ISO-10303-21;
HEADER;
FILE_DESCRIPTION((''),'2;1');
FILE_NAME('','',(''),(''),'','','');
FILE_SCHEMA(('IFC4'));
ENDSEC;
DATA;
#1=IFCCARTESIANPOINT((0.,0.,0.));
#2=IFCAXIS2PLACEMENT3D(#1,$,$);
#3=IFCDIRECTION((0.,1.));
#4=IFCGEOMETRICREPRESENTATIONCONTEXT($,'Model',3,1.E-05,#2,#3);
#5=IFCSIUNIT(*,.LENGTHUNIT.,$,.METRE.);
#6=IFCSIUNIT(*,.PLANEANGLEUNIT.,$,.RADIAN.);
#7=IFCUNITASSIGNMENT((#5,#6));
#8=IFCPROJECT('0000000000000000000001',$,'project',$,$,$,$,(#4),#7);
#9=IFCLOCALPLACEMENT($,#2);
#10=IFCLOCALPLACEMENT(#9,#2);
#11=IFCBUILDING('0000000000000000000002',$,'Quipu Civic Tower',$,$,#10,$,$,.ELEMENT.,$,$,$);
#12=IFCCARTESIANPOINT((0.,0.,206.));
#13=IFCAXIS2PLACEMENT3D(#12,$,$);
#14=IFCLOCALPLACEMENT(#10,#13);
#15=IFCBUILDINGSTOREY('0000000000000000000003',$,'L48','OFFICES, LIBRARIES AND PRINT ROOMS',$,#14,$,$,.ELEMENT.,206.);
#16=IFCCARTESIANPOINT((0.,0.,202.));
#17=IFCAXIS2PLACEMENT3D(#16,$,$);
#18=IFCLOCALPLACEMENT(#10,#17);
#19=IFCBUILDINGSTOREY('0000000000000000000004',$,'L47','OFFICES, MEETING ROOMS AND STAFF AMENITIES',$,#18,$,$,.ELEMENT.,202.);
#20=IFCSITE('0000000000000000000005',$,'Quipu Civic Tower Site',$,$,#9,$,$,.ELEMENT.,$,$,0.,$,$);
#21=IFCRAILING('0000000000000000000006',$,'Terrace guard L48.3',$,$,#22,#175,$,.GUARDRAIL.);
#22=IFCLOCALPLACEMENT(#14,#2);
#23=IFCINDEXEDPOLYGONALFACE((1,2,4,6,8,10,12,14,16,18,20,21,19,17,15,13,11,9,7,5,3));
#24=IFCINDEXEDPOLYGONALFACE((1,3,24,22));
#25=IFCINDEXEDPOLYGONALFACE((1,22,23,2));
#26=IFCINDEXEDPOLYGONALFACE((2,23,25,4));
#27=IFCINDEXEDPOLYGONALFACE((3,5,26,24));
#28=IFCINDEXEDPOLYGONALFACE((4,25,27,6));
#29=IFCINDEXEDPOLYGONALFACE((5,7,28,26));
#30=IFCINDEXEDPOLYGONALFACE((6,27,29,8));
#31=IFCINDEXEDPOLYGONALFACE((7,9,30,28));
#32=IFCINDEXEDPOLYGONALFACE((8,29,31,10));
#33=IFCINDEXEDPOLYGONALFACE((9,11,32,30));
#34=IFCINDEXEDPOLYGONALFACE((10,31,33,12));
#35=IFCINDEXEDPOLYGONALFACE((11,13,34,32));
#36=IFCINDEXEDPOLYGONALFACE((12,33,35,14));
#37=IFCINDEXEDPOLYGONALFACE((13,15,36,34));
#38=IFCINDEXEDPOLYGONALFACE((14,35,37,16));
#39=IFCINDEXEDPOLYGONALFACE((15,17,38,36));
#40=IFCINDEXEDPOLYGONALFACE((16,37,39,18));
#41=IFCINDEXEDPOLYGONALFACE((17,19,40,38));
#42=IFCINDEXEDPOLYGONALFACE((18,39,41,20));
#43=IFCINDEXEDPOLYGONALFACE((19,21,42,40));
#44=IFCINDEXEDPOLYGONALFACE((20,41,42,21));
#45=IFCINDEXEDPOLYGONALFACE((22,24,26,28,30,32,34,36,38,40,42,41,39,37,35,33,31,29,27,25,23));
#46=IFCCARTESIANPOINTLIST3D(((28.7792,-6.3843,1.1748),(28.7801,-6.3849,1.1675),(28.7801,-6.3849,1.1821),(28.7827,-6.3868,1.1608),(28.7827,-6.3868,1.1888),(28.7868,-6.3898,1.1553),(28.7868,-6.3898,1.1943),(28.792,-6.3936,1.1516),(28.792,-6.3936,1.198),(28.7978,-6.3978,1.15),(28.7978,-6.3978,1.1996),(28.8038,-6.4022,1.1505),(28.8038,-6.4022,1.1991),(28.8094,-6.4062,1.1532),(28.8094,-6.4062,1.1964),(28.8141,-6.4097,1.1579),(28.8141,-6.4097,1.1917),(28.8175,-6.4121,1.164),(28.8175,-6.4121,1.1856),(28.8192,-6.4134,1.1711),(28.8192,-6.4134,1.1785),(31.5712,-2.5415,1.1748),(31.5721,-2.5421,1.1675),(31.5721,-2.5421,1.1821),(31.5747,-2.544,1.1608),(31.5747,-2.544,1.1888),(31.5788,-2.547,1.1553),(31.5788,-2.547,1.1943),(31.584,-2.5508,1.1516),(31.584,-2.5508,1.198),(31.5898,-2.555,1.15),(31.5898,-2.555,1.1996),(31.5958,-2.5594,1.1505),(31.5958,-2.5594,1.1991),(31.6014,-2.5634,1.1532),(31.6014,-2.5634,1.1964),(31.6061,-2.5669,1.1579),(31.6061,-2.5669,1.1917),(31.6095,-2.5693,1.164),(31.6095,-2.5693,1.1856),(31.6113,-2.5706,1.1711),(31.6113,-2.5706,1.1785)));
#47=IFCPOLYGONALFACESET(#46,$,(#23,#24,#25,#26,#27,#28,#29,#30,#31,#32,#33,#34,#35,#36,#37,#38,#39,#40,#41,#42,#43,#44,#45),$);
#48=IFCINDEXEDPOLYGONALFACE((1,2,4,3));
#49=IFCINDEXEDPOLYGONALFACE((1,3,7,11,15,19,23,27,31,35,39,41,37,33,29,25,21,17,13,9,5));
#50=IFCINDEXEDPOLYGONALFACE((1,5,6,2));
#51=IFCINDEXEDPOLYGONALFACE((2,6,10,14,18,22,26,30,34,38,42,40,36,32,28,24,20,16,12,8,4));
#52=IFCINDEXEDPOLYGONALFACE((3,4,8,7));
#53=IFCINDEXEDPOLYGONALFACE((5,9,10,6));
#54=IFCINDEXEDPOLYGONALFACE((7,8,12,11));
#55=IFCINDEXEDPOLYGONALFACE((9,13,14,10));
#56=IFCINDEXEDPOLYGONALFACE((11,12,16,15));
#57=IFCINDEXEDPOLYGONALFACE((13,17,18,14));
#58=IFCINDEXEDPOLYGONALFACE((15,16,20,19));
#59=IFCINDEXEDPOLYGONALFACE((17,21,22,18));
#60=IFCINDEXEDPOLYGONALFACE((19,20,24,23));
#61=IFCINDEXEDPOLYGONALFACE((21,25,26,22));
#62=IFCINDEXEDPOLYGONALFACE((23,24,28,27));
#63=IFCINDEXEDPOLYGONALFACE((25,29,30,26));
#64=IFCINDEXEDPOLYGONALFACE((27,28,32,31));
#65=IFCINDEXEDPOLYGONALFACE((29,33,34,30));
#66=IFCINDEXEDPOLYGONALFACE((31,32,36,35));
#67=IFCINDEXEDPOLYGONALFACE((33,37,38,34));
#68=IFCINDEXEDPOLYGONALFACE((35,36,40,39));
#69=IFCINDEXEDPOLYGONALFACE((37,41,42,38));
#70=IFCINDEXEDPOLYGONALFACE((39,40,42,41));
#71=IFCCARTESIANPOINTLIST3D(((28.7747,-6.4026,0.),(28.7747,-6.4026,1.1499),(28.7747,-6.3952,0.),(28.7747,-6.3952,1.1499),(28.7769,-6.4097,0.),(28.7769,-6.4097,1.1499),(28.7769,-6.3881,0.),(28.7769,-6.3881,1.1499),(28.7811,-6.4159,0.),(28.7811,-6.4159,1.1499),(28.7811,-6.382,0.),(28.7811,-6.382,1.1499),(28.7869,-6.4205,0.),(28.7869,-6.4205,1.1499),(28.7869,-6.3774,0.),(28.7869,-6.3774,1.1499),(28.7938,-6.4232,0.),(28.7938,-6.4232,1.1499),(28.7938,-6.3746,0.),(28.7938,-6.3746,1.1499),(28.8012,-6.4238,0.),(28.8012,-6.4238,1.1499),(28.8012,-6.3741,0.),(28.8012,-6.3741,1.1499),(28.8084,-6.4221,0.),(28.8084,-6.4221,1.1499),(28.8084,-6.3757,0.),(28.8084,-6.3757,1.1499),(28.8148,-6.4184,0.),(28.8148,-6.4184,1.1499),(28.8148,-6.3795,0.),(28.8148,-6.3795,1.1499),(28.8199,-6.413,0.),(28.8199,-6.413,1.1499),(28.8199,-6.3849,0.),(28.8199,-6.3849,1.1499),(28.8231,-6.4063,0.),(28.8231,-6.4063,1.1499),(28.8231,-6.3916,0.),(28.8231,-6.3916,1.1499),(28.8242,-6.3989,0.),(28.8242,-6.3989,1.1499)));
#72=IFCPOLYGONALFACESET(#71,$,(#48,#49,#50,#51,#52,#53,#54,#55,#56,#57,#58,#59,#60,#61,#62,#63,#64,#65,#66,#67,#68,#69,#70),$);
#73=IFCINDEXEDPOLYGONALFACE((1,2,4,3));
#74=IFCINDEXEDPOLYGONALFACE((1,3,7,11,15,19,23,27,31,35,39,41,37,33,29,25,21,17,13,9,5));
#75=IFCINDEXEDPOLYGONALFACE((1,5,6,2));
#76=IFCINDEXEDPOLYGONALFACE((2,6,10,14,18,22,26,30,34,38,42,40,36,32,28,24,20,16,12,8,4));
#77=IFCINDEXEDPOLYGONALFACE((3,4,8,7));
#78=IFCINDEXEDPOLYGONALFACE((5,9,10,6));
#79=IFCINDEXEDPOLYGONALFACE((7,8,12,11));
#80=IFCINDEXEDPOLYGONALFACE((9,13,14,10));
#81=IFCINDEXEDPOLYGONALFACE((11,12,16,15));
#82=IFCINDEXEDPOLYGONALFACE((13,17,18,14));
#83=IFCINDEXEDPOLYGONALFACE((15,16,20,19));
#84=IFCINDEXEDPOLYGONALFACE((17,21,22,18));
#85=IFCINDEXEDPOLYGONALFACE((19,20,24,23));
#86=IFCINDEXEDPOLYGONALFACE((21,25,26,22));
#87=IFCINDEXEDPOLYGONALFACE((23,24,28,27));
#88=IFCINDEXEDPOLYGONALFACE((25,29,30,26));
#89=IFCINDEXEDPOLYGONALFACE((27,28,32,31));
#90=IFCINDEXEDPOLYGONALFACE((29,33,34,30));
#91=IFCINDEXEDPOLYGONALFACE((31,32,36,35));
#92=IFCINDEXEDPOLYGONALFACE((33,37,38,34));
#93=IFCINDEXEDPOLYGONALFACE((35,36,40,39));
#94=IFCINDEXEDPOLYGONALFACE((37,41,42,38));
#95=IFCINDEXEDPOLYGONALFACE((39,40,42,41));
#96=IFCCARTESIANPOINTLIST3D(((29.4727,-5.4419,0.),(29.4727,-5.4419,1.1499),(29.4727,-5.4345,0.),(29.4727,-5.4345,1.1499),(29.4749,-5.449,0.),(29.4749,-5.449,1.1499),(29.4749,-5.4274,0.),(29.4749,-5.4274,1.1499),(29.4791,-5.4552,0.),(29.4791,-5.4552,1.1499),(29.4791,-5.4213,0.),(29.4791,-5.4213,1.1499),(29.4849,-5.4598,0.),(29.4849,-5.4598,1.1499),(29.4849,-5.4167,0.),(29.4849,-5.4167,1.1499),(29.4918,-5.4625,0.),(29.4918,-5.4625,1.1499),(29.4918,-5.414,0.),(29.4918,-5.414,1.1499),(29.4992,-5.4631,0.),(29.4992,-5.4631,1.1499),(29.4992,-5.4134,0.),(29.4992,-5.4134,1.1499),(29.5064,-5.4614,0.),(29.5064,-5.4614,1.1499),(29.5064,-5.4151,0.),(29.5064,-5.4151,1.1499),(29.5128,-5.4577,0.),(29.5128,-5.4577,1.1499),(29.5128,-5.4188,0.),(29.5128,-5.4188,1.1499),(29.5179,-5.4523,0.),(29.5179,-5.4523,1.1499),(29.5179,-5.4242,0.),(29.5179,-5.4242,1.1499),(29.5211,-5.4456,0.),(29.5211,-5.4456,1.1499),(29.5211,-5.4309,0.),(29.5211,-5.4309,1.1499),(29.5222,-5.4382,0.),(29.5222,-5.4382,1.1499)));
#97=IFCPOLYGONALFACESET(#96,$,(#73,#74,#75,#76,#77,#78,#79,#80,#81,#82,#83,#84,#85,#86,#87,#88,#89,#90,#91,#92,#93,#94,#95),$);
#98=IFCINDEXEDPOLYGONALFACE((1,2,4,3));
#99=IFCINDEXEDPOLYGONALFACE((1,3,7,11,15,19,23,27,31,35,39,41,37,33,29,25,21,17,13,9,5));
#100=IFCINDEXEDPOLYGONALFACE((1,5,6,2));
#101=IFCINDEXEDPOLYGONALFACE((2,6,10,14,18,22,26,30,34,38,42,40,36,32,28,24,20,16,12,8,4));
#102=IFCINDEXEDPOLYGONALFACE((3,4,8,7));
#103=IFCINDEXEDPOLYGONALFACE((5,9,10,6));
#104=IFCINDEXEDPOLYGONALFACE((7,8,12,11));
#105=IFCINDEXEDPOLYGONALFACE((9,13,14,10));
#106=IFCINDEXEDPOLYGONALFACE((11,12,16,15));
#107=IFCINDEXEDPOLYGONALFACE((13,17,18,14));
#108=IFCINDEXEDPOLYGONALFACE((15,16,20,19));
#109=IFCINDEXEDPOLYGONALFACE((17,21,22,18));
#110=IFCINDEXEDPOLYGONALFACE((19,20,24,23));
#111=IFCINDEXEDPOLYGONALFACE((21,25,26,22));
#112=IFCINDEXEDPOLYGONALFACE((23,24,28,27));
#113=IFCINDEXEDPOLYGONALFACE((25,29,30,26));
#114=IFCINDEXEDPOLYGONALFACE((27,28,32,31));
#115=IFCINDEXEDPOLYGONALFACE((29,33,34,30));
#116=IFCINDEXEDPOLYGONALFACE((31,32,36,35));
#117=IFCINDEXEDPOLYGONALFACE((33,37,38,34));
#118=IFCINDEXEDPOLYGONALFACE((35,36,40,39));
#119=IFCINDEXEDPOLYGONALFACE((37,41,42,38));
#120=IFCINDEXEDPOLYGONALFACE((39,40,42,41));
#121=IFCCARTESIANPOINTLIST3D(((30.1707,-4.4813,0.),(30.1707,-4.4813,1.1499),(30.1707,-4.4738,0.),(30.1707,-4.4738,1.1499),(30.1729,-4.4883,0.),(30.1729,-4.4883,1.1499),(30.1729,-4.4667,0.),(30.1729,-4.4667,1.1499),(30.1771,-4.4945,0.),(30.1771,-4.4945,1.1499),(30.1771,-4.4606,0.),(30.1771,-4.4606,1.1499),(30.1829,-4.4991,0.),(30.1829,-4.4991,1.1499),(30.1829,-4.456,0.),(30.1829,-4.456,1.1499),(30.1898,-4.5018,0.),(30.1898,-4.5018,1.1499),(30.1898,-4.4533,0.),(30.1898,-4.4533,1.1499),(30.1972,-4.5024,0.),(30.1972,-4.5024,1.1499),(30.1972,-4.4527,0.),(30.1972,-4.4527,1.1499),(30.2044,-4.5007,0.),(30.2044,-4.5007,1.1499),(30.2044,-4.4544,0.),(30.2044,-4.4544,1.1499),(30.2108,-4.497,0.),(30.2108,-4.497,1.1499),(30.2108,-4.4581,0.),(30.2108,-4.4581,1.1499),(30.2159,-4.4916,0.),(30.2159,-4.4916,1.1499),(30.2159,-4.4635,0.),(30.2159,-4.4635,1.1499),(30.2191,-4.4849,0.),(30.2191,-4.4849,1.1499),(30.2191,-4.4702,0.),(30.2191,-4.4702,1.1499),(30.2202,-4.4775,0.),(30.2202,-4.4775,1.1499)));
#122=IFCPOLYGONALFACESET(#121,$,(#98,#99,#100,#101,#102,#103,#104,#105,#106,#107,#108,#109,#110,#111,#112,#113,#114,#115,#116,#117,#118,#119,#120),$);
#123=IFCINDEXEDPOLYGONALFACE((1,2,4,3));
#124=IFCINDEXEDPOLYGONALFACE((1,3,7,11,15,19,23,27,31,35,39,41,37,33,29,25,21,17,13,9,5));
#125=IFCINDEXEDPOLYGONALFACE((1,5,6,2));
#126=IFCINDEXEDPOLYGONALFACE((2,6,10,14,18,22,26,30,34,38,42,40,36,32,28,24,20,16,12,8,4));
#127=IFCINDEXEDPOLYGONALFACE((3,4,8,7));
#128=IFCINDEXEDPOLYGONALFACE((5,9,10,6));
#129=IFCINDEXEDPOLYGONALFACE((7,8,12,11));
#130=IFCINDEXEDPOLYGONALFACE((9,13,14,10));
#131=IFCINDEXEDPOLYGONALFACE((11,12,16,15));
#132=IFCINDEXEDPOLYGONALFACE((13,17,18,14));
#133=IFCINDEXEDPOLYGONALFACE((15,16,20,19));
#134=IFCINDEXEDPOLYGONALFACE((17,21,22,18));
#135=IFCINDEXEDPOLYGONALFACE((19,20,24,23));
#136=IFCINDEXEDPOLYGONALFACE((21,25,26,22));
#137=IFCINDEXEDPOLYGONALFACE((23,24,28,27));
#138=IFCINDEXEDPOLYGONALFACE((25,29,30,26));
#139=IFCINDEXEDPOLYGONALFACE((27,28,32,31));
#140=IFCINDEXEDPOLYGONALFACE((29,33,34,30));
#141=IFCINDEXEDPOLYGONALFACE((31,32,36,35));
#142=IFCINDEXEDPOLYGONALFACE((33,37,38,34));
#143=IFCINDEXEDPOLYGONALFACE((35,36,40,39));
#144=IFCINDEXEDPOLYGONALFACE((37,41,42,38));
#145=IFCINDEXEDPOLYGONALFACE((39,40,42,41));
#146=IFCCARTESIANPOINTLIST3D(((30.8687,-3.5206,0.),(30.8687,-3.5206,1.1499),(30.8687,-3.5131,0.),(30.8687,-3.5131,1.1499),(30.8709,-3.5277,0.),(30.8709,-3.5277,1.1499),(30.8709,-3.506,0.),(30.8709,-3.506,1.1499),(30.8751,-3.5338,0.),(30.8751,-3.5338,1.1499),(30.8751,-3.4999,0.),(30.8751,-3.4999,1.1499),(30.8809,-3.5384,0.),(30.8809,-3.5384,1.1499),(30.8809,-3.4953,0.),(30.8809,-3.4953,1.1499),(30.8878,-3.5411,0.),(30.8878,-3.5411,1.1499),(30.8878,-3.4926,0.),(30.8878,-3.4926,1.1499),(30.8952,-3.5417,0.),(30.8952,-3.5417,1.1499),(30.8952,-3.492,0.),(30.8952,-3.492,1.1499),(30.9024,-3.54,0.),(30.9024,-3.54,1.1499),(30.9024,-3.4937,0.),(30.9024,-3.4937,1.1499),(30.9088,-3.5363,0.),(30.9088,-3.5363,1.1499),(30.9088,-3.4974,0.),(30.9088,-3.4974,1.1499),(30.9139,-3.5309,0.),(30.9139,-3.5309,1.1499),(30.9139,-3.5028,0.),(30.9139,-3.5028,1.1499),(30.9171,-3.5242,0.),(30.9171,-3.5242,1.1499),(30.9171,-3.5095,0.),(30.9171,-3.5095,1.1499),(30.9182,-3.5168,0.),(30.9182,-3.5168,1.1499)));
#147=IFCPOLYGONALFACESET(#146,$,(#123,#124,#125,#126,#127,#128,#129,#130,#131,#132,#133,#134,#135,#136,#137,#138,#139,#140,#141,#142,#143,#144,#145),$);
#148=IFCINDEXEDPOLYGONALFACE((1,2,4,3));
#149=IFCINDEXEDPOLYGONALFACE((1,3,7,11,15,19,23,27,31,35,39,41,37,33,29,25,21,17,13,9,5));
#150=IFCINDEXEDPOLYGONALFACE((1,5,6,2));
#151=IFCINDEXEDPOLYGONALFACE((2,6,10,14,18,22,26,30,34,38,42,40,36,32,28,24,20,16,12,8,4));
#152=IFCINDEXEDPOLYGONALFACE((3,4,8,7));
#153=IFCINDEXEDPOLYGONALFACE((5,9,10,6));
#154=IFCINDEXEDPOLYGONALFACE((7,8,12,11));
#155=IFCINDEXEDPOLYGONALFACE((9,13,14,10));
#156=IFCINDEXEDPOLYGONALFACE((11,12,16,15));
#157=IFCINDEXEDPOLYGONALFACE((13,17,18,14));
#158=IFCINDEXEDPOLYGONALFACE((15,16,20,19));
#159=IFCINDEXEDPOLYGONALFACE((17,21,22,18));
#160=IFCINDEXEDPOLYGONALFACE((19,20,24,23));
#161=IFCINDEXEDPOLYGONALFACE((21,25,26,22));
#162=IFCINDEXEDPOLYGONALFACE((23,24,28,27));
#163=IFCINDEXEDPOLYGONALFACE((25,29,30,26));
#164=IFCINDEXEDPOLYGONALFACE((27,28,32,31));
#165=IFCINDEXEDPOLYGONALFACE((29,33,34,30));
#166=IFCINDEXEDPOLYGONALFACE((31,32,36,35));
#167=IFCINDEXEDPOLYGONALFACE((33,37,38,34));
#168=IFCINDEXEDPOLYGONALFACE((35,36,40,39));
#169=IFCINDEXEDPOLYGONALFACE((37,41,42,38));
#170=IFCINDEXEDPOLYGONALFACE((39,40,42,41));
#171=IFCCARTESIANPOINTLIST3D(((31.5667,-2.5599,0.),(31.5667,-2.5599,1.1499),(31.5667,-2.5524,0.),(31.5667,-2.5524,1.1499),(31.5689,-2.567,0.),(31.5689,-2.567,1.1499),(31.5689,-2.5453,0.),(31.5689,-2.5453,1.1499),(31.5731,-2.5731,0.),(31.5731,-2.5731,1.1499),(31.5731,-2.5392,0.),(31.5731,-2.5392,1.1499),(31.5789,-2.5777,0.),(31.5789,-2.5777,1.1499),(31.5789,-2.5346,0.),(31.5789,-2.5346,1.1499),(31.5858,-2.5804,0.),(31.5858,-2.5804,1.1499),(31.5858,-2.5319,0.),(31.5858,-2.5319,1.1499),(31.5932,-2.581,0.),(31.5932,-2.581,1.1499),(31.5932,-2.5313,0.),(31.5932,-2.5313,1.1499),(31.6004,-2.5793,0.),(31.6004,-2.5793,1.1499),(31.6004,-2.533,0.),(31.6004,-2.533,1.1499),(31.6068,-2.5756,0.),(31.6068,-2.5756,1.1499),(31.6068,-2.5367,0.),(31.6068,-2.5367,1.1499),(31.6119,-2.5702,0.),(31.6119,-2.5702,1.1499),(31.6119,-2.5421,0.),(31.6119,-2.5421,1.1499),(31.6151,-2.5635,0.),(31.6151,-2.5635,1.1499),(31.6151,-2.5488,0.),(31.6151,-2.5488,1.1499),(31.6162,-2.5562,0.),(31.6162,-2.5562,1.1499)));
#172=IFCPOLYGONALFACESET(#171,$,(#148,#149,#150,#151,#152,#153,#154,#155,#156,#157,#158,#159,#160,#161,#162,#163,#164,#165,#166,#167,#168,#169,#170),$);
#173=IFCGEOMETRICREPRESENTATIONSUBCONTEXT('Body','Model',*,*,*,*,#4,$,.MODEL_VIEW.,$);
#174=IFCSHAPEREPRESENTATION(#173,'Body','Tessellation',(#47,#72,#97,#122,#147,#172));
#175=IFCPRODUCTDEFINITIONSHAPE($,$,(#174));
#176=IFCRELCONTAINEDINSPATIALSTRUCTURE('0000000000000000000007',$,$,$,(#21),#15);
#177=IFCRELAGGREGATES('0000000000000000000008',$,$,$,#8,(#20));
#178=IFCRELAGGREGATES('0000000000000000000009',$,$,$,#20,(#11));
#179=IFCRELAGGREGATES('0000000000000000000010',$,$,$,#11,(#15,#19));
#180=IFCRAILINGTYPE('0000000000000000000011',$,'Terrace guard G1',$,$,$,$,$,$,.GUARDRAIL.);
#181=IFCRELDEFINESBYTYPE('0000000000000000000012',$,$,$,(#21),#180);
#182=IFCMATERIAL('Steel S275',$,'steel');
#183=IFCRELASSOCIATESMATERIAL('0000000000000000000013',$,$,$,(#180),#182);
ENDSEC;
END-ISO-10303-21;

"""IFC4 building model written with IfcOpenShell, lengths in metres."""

from ifc_helpers import new_model, si_unit, direction, frame, origin, origin_2d, place, context, subcontext, project, spatial, circle, extrude, material, type_object, element, save


model = new_model("IFC4")

# Units and contexts
model_context = context("Model", 3, precision=1e-05, world=origin(), true_north=direction((0.0, 1.0)))
body_context = subcontext(model_context, "Body", "Model", "MODEL_VIEW")
ifc_project = project(units=[si_unit("LENGTHUNIT", "METRE"), si_unit("PLANEANGLEUNIT", "RADIAN")], contexts=[model_context])

# Site, building, storey
site_placement = place(None, origin())
site = spatial("IfcSite", under=ifc_project, at=site_placement, Name="Quipu Civic Tower Site", CompositionType="ELEMENT", RefElevation=0.0)
building_placement = place(site_placement, origin())
building = spatial("IfcBuilding", under=site, at=building_placement, Name="Quipu Civic Tower", CompositionType="ELEMENT")
storey_1_placement = place(building_placement, frame((0.0, 0.0, 206.0)))
storey_1 = spatial("IfcBuildingStorey", under=building, at=storey_1_placement, Name="L48", Description="OFFICES, LIBRARIES AND PRINT ROOMS", CompositionType="ELEMENT", Elevation=206.0)

# Shared definitions
storey_2_placement = place(building_placement, frame((0.0, 0.0, 202.0)))
storey_2 = spatial("IfcBuildingStorey", under=building, at=storey_2_placement, Name="L47", Description="OFFICES, MEETING ROOMS AND STAFF AMENITIES", CompositionType="ELEMENT", Elevation=202.0)

# Railing
ifc_material_1 = material(Name="Steel S275", Category="steel")
railing_type = type_object("IfcRailingType", Name="Terrace guard G1", PredefinedType="GUARDRAIL", material=ifc_material_1)
railing_1_placement = place(storey_1_placement, frame((28.7993, -6.3989, 0.0)))
element("IfcRailing", 1, at=railing_1_placement, inside=storey_1, type_object=railing_type, Name="Terrace guard L48.3", PredefinedType="GUARDRAIL", context=body_context, shape_type="SweptSolid", body=[
    extrude(circle(Radius=0.0249, at=origin_2d()), frame((0.0, 0.0, 1.1748), z_axis=(0.587793, 0.809012, 0.0), x_axis=(-0.809012, 0.587793, 0.0)), (0.0, 0.0, 1.0), 4.75),
    extrude(circle(Radius=0.0249, at=origin_2d()), origin(), (0.0, 0.0, 1.0), 1.1499),
    extrude(circle(Radius=0.0249, at=origin_2d()), frame((0.698, 0.9607, 0.0)), (0.0, 0.0, 1.0), 1.1499),
    extrude(circle(Radius=0.0249, at=origin_2d()), frame((1.396, 1.9214, 0.0)), (0.0, 0.0, 1.0), 1.1499),
    extrude(circle(Radius=0.0249, at=origin_2d()), frame((2.094, 2.8821, 0.0)), (0.0, 0.0, 1.0), 1.1499),
    extrude(circle(Radius=0.0249, at=origin_2d()), frame((2.792, 3.8428, 0.0)), (0.0, 0.0, 1.0), 1.1499),
])

save(model, "model.ifc")
